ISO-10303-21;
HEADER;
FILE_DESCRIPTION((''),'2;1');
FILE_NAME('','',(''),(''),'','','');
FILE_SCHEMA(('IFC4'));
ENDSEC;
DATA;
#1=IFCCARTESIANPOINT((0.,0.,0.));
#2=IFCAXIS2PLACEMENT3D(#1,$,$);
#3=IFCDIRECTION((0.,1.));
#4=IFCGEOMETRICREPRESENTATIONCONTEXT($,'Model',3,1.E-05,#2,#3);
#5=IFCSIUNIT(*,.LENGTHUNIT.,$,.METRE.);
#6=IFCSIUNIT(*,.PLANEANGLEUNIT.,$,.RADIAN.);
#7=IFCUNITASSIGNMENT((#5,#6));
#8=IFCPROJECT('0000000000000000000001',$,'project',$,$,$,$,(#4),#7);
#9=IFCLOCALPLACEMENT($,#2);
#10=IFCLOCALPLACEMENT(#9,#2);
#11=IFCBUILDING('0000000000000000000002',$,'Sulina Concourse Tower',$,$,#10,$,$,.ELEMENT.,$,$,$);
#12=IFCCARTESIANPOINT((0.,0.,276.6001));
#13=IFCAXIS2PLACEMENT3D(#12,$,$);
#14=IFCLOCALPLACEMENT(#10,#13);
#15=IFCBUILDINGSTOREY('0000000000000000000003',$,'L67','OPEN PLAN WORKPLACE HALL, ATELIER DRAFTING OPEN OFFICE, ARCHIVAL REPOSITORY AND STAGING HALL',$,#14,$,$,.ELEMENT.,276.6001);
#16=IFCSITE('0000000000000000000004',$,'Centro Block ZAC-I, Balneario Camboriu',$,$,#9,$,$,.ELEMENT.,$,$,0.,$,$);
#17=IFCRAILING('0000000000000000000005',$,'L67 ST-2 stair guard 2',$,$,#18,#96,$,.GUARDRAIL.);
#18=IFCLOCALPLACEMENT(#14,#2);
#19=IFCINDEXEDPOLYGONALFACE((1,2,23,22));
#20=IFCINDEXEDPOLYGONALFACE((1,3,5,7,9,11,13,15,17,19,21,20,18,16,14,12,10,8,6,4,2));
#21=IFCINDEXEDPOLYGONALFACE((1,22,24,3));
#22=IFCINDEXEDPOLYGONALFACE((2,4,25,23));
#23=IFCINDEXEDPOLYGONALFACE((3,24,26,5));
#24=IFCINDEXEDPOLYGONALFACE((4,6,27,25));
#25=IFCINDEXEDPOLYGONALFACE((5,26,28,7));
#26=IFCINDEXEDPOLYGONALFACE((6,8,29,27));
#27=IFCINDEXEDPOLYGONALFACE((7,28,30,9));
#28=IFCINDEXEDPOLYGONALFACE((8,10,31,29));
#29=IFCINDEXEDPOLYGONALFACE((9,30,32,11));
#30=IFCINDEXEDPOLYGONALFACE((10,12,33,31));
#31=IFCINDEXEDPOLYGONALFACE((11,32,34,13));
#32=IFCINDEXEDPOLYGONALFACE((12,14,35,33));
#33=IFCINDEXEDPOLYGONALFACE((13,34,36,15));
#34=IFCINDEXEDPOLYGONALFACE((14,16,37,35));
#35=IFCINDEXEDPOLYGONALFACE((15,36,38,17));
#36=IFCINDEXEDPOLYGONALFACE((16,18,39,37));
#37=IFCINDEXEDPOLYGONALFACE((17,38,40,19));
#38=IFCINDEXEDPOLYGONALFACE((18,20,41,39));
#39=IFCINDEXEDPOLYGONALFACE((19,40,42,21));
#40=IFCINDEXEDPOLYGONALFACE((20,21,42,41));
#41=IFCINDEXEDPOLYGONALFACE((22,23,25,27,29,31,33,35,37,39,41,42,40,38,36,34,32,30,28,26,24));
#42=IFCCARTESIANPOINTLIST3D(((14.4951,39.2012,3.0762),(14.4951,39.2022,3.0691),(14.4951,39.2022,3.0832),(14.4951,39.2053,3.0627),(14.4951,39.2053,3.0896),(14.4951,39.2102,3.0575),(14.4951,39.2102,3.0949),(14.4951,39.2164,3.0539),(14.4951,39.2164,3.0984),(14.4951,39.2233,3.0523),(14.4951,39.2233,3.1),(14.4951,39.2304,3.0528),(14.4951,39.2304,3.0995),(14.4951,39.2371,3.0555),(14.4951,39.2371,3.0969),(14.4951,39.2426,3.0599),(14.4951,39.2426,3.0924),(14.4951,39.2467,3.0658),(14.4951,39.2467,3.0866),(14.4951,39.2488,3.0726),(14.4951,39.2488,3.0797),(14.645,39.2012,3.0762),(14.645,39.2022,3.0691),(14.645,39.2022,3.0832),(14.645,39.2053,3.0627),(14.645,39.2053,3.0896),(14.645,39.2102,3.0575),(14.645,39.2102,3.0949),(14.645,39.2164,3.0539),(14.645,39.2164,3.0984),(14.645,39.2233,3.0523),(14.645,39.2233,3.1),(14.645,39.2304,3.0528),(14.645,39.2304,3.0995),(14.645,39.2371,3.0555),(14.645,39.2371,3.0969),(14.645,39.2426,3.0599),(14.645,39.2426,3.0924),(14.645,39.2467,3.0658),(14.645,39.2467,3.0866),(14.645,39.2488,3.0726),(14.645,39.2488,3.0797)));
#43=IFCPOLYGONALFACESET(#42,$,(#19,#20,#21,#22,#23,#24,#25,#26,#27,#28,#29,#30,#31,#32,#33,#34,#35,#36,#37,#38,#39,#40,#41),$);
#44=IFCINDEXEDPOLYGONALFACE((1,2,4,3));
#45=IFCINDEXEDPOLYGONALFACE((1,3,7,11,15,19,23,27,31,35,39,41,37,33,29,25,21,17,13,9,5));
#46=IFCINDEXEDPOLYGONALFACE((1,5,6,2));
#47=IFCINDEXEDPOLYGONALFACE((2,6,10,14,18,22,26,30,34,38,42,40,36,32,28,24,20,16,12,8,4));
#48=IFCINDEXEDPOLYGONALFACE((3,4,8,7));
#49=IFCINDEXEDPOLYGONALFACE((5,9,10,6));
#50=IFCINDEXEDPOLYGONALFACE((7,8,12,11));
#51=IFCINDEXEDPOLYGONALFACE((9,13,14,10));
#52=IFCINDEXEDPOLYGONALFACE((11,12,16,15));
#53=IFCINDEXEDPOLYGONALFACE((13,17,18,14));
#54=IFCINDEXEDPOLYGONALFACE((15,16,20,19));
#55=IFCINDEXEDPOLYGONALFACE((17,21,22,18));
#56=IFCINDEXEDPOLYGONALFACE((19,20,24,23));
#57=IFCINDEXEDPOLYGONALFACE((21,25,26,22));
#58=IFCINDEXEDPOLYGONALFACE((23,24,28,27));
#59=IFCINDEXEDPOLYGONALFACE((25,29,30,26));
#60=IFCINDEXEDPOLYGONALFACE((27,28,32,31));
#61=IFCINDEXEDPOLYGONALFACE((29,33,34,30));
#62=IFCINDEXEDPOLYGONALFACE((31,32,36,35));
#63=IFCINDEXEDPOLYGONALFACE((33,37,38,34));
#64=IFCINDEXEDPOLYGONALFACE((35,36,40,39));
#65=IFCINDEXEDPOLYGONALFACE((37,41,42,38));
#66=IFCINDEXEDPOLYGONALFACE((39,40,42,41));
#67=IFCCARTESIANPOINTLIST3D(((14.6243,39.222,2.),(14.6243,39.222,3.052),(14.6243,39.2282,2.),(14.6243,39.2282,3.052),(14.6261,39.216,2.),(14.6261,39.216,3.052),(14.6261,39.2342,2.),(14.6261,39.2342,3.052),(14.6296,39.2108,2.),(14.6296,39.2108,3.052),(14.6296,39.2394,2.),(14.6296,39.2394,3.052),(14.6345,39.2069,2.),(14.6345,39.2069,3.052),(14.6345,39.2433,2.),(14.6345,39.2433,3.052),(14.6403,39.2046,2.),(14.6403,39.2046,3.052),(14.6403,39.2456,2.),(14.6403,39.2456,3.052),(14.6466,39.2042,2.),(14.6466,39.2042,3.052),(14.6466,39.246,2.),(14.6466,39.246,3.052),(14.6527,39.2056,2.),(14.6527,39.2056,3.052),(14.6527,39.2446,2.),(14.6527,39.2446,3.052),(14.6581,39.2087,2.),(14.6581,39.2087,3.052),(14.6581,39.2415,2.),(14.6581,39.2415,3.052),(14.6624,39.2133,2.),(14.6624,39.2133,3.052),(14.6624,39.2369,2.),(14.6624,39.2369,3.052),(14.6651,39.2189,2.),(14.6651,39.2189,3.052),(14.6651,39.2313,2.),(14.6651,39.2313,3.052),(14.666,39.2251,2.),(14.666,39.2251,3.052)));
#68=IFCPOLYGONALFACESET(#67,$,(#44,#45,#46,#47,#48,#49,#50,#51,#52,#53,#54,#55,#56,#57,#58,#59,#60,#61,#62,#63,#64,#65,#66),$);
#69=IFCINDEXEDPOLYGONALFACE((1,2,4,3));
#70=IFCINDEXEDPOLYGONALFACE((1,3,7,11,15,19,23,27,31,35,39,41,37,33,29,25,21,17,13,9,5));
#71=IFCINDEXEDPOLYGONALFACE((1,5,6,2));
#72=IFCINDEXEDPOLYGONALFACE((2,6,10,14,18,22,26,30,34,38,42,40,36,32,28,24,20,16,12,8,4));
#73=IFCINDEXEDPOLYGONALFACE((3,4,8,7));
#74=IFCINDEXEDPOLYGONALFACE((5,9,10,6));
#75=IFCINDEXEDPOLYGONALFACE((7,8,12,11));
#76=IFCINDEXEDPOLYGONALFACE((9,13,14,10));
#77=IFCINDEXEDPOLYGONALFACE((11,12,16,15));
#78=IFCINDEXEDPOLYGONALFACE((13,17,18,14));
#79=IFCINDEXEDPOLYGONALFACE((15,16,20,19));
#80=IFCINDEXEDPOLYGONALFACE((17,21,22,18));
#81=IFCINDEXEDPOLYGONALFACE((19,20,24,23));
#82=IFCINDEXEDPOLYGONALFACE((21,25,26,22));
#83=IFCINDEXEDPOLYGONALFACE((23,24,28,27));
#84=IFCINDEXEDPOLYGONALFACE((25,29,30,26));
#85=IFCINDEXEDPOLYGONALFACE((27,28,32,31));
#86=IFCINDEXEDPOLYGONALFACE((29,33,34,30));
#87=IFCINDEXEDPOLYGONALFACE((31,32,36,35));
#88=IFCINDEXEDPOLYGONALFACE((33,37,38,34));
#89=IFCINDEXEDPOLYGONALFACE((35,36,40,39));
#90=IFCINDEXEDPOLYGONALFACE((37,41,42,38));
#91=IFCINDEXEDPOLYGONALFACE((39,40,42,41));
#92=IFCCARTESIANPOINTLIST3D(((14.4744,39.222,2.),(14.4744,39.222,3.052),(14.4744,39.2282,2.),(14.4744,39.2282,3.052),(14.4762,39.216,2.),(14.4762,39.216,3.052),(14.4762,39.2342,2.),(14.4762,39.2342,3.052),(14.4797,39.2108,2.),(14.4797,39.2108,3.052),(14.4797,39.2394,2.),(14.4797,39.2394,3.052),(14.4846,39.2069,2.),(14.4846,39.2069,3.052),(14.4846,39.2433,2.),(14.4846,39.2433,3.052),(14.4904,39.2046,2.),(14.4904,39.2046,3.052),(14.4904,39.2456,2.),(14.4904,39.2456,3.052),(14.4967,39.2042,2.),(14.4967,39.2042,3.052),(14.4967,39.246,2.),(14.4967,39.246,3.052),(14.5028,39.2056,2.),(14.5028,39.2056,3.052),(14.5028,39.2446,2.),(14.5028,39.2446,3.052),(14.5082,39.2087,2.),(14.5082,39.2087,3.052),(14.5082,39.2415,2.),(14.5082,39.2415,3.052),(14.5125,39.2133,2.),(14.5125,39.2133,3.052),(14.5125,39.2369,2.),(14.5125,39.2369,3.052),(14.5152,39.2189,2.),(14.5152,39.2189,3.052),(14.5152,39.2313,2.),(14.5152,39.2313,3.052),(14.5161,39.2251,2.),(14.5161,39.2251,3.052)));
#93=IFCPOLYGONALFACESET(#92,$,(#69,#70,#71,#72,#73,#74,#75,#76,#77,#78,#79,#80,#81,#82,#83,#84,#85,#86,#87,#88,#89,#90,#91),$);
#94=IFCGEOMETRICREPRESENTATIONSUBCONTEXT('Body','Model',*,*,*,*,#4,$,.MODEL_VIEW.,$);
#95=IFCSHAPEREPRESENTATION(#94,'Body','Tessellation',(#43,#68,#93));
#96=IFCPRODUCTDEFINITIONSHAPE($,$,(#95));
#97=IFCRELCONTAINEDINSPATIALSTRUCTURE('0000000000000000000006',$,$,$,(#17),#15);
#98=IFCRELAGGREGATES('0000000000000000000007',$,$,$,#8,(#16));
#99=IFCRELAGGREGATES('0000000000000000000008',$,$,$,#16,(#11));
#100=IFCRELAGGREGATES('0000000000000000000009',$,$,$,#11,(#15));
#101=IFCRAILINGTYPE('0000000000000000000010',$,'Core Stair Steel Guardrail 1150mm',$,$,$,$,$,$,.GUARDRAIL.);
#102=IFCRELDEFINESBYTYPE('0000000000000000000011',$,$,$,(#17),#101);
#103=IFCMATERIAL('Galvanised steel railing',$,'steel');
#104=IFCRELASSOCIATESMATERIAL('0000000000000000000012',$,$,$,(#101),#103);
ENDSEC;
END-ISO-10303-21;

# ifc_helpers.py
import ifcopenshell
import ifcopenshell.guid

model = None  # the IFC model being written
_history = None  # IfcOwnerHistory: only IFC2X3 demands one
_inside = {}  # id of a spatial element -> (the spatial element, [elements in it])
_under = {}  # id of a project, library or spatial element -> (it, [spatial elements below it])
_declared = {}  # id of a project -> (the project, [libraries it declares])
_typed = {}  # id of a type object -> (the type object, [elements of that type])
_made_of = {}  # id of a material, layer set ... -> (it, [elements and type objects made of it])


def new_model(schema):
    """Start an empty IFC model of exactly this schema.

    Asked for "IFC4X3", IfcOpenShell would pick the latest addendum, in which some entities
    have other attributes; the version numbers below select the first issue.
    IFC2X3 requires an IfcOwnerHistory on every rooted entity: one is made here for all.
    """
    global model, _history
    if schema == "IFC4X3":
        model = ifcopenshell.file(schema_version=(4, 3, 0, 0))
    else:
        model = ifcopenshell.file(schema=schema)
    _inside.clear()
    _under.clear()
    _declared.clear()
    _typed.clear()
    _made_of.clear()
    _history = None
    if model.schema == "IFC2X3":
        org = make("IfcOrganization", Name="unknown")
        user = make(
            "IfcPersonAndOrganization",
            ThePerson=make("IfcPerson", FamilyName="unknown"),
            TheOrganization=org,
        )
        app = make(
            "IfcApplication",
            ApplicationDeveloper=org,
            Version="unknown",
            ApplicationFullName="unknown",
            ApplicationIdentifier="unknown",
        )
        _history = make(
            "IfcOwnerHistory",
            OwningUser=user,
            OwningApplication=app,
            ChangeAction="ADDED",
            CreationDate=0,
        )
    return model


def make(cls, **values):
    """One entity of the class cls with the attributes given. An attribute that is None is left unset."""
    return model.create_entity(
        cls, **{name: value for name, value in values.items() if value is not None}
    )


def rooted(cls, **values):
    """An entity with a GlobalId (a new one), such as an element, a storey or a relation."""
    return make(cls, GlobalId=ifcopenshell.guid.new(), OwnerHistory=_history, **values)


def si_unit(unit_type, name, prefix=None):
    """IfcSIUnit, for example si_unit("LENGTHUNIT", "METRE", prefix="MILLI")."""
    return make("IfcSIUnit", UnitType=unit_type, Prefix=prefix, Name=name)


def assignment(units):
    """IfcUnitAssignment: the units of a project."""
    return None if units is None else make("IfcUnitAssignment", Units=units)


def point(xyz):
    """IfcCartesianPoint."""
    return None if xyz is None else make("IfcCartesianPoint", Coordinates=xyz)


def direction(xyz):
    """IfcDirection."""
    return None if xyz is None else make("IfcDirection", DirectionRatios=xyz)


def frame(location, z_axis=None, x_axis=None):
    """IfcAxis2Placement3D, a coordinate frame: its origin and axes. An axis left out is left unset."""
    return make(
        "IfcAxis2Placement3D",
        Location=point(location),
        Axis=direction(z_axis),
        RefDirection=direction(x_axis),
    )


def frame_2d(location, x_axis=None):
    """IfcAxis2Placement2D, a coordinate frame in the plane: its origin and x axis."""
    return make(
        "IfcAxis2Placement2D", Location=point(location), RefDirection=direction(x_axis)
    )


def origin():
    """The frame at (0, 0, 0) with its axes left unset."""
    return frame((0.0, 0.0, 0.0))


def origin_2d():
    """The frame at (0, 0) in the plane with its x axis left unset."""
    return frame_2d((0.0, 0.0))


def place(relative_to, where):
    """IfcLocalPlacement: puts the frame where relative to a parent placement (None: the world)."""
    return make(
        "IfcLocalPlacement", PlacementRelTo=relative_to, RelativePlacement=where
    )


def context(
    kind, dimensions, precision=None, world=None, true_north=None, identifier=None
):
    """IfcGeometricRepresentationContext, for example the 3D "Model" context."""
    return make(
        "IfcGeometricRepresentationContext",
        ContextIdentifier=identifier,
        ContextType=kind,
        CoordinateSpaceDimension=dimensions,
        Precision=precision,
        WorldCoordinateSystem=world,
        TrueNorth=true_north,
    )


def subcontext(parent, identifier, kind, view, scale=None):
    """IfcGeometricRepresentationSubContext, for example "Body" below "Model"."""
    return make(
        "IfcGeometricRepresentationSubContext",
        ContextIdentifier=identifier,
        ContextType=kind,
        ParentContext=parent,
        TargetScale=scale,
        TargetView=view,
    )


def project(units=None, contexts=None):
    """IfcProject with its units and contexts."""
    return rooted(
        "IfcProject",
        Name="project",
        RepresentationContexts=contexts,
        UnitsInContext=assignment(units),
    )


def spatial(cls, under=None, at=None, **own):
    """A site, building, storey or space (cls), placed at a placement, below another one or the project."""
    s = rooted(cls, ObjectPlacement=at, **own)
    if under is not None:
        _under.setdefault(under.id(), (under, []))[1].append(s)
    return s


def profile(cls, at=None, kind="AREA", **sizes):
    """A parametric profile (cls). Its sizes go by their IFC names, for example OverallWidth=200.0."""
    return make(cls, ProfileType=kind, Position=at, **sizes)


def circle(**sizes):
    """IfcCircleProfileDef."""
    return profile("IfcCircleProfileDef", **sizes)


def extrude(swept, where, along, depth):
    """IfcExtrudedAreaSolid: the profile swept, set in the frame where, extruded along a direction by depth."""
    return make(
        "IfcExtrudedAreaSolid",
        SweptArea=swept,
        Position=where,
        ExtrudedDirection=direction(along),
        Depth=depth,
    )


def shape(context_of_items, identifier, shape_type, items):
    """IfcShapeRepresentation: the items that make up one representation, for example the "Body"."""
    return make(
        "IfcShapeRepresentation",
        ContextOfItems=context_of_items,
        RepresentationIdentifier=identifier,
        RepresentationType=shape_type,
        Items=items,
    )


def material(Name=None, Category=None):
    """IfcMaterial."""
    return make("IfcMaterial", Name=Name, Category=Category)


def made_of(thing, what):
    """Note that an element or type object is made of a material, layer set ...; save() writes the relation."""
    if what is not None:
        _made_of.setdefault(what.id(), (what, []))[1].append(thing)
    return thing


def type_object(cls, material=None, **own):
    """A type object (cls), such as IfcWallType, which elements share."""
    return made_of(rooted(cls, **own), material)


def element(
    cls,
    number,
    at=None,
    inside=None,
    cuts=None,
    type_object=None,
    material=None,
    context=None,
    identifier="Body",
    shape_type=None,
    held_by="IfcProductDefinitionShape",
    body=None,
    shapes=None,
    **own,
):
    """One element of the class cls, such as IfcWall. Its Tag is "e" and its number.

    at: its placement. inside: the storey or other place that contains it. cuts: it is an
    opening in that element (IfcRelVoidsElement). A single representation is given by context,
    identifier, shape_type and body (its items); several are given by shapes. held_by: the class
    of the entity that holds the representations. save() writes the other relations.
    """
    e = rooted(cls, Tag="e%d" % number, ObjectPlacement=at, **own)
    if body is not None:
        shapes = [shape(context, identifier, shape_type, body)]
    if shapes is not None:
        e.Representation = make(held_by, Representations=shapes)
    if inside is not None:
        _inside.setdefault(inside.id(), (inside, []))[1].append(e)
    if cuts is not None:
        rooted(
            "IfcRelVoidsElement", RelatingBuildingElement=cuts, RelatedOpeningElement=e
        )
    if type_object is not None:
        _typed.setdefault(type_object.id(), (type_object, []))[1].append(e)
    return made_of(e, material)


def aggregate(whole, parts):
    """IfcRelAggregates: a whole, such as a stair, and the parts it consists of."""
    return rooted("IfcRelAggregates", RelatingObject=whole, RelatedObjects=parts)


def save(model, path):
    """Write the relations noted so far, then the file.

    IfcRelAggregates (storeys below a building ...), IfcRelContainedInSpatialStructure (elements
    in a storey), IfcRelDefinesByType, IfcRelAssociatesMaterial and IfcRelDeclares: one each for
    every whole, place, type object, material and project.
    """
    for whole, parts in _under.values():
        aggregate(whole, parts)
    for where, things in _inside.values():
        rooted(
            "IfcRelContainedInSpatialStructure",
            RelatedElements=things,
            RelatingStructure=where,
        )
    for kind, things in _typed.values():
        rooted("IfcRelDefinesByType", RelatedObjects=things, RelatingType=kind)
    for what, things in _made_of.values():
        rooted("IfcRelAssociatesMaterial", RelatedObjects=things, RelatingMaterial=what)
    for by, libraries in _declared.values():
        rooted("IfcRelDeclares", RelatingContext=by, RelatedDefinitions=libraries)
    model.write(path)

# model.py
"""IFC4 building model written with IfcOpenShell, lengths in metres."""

from ifc_helpers import new_model, si_unit, direction, frame, origin, origin_2d, place, context, subcontext, project, spatial, circle, extrude, material, type_object, element, save


model = new_model("IFC4")

# Units and contexts
model_context = context("Model", 3, precision=1e-05, world=origin(), true_north=direction((0.0, 1.0)))
body_context = subcontext(model_context, "Body", "Model", "MODEL_VIEW")
ifc_project = project(units=[si_unit("LENGTHUNIT", "METRE"), si_unit("PLANEANGLEUNIT", "RADIAN")], contexts=[model_context])

# Site, building, storey
site_placement = place(None, origin())
site = spatial("IfcSite", under=ifc_project, at=site_placement, Name="Centro Block ZAC-I, Balneario Camboriu", CompositionType="ELEMENT", RefElevation=0.0)
building_placement = place(site_placement, origin())
building = spatial("IfcBuilding", under=site, at=building_placement, Name="Sulina Concourse Tower", CompositionType="ELEMENT")
storey_placement = place(building_placement, frame((0.0, 0.0, 276.6001)))
storey = spatial("IfcBuildingStorey", under=building, at=storey_placement, Name="L67", Description="OPEN PLAN WORKPLACE HALL, ATELIER DRAFTING OPEN OFFICE, ARCHIVAL REPOSITORY AND STAGING HALL", CompositionType="ELEMENT", Elevation=276.6001)

# Railing
ifc_material_1 = material(Name="Galvanised steel railing", Category="steel")
railing_type_1 = type_object("IfcRailingType", Name="Core Stair Steel Guardrail 1150mm", PredefinedType="GUARDRAIL", material=ifc_material_1)
railing_1_placement = place(storey_placement, frame((14.645, 39.2251, 2.0)))
element("IfcRailing", 1, at=railing_1_placement, inside=storey, type_object=railing_type_1, Name="L67 ST-2 stair guard 2", PredefinedType="GUARDRAIL", context=body_context, shape_type="SweptSolid", body=[
    extrude(circle(Radius=0.0239, at=origin_2d()), frame((0.0, 0.0, 1.0762), z_axis=(-1.0, 0.0, 0.0), x_axis=(0.0, -1.0, 0.0)), (0.0, 0.0, 1.0), 0.1499),
    extrude(circle(Radius=0.021, at=origin_2d()), origin(), (0.0, 0.0, 1.0), 1.052),
    extrude(circle(Radius=0.021, at=origin_2d()), frame((-0.1499, 0.0, 0.0)), (0.0, 0.0, 1.0), 1.052),
])

save(model, "model.ifc")
